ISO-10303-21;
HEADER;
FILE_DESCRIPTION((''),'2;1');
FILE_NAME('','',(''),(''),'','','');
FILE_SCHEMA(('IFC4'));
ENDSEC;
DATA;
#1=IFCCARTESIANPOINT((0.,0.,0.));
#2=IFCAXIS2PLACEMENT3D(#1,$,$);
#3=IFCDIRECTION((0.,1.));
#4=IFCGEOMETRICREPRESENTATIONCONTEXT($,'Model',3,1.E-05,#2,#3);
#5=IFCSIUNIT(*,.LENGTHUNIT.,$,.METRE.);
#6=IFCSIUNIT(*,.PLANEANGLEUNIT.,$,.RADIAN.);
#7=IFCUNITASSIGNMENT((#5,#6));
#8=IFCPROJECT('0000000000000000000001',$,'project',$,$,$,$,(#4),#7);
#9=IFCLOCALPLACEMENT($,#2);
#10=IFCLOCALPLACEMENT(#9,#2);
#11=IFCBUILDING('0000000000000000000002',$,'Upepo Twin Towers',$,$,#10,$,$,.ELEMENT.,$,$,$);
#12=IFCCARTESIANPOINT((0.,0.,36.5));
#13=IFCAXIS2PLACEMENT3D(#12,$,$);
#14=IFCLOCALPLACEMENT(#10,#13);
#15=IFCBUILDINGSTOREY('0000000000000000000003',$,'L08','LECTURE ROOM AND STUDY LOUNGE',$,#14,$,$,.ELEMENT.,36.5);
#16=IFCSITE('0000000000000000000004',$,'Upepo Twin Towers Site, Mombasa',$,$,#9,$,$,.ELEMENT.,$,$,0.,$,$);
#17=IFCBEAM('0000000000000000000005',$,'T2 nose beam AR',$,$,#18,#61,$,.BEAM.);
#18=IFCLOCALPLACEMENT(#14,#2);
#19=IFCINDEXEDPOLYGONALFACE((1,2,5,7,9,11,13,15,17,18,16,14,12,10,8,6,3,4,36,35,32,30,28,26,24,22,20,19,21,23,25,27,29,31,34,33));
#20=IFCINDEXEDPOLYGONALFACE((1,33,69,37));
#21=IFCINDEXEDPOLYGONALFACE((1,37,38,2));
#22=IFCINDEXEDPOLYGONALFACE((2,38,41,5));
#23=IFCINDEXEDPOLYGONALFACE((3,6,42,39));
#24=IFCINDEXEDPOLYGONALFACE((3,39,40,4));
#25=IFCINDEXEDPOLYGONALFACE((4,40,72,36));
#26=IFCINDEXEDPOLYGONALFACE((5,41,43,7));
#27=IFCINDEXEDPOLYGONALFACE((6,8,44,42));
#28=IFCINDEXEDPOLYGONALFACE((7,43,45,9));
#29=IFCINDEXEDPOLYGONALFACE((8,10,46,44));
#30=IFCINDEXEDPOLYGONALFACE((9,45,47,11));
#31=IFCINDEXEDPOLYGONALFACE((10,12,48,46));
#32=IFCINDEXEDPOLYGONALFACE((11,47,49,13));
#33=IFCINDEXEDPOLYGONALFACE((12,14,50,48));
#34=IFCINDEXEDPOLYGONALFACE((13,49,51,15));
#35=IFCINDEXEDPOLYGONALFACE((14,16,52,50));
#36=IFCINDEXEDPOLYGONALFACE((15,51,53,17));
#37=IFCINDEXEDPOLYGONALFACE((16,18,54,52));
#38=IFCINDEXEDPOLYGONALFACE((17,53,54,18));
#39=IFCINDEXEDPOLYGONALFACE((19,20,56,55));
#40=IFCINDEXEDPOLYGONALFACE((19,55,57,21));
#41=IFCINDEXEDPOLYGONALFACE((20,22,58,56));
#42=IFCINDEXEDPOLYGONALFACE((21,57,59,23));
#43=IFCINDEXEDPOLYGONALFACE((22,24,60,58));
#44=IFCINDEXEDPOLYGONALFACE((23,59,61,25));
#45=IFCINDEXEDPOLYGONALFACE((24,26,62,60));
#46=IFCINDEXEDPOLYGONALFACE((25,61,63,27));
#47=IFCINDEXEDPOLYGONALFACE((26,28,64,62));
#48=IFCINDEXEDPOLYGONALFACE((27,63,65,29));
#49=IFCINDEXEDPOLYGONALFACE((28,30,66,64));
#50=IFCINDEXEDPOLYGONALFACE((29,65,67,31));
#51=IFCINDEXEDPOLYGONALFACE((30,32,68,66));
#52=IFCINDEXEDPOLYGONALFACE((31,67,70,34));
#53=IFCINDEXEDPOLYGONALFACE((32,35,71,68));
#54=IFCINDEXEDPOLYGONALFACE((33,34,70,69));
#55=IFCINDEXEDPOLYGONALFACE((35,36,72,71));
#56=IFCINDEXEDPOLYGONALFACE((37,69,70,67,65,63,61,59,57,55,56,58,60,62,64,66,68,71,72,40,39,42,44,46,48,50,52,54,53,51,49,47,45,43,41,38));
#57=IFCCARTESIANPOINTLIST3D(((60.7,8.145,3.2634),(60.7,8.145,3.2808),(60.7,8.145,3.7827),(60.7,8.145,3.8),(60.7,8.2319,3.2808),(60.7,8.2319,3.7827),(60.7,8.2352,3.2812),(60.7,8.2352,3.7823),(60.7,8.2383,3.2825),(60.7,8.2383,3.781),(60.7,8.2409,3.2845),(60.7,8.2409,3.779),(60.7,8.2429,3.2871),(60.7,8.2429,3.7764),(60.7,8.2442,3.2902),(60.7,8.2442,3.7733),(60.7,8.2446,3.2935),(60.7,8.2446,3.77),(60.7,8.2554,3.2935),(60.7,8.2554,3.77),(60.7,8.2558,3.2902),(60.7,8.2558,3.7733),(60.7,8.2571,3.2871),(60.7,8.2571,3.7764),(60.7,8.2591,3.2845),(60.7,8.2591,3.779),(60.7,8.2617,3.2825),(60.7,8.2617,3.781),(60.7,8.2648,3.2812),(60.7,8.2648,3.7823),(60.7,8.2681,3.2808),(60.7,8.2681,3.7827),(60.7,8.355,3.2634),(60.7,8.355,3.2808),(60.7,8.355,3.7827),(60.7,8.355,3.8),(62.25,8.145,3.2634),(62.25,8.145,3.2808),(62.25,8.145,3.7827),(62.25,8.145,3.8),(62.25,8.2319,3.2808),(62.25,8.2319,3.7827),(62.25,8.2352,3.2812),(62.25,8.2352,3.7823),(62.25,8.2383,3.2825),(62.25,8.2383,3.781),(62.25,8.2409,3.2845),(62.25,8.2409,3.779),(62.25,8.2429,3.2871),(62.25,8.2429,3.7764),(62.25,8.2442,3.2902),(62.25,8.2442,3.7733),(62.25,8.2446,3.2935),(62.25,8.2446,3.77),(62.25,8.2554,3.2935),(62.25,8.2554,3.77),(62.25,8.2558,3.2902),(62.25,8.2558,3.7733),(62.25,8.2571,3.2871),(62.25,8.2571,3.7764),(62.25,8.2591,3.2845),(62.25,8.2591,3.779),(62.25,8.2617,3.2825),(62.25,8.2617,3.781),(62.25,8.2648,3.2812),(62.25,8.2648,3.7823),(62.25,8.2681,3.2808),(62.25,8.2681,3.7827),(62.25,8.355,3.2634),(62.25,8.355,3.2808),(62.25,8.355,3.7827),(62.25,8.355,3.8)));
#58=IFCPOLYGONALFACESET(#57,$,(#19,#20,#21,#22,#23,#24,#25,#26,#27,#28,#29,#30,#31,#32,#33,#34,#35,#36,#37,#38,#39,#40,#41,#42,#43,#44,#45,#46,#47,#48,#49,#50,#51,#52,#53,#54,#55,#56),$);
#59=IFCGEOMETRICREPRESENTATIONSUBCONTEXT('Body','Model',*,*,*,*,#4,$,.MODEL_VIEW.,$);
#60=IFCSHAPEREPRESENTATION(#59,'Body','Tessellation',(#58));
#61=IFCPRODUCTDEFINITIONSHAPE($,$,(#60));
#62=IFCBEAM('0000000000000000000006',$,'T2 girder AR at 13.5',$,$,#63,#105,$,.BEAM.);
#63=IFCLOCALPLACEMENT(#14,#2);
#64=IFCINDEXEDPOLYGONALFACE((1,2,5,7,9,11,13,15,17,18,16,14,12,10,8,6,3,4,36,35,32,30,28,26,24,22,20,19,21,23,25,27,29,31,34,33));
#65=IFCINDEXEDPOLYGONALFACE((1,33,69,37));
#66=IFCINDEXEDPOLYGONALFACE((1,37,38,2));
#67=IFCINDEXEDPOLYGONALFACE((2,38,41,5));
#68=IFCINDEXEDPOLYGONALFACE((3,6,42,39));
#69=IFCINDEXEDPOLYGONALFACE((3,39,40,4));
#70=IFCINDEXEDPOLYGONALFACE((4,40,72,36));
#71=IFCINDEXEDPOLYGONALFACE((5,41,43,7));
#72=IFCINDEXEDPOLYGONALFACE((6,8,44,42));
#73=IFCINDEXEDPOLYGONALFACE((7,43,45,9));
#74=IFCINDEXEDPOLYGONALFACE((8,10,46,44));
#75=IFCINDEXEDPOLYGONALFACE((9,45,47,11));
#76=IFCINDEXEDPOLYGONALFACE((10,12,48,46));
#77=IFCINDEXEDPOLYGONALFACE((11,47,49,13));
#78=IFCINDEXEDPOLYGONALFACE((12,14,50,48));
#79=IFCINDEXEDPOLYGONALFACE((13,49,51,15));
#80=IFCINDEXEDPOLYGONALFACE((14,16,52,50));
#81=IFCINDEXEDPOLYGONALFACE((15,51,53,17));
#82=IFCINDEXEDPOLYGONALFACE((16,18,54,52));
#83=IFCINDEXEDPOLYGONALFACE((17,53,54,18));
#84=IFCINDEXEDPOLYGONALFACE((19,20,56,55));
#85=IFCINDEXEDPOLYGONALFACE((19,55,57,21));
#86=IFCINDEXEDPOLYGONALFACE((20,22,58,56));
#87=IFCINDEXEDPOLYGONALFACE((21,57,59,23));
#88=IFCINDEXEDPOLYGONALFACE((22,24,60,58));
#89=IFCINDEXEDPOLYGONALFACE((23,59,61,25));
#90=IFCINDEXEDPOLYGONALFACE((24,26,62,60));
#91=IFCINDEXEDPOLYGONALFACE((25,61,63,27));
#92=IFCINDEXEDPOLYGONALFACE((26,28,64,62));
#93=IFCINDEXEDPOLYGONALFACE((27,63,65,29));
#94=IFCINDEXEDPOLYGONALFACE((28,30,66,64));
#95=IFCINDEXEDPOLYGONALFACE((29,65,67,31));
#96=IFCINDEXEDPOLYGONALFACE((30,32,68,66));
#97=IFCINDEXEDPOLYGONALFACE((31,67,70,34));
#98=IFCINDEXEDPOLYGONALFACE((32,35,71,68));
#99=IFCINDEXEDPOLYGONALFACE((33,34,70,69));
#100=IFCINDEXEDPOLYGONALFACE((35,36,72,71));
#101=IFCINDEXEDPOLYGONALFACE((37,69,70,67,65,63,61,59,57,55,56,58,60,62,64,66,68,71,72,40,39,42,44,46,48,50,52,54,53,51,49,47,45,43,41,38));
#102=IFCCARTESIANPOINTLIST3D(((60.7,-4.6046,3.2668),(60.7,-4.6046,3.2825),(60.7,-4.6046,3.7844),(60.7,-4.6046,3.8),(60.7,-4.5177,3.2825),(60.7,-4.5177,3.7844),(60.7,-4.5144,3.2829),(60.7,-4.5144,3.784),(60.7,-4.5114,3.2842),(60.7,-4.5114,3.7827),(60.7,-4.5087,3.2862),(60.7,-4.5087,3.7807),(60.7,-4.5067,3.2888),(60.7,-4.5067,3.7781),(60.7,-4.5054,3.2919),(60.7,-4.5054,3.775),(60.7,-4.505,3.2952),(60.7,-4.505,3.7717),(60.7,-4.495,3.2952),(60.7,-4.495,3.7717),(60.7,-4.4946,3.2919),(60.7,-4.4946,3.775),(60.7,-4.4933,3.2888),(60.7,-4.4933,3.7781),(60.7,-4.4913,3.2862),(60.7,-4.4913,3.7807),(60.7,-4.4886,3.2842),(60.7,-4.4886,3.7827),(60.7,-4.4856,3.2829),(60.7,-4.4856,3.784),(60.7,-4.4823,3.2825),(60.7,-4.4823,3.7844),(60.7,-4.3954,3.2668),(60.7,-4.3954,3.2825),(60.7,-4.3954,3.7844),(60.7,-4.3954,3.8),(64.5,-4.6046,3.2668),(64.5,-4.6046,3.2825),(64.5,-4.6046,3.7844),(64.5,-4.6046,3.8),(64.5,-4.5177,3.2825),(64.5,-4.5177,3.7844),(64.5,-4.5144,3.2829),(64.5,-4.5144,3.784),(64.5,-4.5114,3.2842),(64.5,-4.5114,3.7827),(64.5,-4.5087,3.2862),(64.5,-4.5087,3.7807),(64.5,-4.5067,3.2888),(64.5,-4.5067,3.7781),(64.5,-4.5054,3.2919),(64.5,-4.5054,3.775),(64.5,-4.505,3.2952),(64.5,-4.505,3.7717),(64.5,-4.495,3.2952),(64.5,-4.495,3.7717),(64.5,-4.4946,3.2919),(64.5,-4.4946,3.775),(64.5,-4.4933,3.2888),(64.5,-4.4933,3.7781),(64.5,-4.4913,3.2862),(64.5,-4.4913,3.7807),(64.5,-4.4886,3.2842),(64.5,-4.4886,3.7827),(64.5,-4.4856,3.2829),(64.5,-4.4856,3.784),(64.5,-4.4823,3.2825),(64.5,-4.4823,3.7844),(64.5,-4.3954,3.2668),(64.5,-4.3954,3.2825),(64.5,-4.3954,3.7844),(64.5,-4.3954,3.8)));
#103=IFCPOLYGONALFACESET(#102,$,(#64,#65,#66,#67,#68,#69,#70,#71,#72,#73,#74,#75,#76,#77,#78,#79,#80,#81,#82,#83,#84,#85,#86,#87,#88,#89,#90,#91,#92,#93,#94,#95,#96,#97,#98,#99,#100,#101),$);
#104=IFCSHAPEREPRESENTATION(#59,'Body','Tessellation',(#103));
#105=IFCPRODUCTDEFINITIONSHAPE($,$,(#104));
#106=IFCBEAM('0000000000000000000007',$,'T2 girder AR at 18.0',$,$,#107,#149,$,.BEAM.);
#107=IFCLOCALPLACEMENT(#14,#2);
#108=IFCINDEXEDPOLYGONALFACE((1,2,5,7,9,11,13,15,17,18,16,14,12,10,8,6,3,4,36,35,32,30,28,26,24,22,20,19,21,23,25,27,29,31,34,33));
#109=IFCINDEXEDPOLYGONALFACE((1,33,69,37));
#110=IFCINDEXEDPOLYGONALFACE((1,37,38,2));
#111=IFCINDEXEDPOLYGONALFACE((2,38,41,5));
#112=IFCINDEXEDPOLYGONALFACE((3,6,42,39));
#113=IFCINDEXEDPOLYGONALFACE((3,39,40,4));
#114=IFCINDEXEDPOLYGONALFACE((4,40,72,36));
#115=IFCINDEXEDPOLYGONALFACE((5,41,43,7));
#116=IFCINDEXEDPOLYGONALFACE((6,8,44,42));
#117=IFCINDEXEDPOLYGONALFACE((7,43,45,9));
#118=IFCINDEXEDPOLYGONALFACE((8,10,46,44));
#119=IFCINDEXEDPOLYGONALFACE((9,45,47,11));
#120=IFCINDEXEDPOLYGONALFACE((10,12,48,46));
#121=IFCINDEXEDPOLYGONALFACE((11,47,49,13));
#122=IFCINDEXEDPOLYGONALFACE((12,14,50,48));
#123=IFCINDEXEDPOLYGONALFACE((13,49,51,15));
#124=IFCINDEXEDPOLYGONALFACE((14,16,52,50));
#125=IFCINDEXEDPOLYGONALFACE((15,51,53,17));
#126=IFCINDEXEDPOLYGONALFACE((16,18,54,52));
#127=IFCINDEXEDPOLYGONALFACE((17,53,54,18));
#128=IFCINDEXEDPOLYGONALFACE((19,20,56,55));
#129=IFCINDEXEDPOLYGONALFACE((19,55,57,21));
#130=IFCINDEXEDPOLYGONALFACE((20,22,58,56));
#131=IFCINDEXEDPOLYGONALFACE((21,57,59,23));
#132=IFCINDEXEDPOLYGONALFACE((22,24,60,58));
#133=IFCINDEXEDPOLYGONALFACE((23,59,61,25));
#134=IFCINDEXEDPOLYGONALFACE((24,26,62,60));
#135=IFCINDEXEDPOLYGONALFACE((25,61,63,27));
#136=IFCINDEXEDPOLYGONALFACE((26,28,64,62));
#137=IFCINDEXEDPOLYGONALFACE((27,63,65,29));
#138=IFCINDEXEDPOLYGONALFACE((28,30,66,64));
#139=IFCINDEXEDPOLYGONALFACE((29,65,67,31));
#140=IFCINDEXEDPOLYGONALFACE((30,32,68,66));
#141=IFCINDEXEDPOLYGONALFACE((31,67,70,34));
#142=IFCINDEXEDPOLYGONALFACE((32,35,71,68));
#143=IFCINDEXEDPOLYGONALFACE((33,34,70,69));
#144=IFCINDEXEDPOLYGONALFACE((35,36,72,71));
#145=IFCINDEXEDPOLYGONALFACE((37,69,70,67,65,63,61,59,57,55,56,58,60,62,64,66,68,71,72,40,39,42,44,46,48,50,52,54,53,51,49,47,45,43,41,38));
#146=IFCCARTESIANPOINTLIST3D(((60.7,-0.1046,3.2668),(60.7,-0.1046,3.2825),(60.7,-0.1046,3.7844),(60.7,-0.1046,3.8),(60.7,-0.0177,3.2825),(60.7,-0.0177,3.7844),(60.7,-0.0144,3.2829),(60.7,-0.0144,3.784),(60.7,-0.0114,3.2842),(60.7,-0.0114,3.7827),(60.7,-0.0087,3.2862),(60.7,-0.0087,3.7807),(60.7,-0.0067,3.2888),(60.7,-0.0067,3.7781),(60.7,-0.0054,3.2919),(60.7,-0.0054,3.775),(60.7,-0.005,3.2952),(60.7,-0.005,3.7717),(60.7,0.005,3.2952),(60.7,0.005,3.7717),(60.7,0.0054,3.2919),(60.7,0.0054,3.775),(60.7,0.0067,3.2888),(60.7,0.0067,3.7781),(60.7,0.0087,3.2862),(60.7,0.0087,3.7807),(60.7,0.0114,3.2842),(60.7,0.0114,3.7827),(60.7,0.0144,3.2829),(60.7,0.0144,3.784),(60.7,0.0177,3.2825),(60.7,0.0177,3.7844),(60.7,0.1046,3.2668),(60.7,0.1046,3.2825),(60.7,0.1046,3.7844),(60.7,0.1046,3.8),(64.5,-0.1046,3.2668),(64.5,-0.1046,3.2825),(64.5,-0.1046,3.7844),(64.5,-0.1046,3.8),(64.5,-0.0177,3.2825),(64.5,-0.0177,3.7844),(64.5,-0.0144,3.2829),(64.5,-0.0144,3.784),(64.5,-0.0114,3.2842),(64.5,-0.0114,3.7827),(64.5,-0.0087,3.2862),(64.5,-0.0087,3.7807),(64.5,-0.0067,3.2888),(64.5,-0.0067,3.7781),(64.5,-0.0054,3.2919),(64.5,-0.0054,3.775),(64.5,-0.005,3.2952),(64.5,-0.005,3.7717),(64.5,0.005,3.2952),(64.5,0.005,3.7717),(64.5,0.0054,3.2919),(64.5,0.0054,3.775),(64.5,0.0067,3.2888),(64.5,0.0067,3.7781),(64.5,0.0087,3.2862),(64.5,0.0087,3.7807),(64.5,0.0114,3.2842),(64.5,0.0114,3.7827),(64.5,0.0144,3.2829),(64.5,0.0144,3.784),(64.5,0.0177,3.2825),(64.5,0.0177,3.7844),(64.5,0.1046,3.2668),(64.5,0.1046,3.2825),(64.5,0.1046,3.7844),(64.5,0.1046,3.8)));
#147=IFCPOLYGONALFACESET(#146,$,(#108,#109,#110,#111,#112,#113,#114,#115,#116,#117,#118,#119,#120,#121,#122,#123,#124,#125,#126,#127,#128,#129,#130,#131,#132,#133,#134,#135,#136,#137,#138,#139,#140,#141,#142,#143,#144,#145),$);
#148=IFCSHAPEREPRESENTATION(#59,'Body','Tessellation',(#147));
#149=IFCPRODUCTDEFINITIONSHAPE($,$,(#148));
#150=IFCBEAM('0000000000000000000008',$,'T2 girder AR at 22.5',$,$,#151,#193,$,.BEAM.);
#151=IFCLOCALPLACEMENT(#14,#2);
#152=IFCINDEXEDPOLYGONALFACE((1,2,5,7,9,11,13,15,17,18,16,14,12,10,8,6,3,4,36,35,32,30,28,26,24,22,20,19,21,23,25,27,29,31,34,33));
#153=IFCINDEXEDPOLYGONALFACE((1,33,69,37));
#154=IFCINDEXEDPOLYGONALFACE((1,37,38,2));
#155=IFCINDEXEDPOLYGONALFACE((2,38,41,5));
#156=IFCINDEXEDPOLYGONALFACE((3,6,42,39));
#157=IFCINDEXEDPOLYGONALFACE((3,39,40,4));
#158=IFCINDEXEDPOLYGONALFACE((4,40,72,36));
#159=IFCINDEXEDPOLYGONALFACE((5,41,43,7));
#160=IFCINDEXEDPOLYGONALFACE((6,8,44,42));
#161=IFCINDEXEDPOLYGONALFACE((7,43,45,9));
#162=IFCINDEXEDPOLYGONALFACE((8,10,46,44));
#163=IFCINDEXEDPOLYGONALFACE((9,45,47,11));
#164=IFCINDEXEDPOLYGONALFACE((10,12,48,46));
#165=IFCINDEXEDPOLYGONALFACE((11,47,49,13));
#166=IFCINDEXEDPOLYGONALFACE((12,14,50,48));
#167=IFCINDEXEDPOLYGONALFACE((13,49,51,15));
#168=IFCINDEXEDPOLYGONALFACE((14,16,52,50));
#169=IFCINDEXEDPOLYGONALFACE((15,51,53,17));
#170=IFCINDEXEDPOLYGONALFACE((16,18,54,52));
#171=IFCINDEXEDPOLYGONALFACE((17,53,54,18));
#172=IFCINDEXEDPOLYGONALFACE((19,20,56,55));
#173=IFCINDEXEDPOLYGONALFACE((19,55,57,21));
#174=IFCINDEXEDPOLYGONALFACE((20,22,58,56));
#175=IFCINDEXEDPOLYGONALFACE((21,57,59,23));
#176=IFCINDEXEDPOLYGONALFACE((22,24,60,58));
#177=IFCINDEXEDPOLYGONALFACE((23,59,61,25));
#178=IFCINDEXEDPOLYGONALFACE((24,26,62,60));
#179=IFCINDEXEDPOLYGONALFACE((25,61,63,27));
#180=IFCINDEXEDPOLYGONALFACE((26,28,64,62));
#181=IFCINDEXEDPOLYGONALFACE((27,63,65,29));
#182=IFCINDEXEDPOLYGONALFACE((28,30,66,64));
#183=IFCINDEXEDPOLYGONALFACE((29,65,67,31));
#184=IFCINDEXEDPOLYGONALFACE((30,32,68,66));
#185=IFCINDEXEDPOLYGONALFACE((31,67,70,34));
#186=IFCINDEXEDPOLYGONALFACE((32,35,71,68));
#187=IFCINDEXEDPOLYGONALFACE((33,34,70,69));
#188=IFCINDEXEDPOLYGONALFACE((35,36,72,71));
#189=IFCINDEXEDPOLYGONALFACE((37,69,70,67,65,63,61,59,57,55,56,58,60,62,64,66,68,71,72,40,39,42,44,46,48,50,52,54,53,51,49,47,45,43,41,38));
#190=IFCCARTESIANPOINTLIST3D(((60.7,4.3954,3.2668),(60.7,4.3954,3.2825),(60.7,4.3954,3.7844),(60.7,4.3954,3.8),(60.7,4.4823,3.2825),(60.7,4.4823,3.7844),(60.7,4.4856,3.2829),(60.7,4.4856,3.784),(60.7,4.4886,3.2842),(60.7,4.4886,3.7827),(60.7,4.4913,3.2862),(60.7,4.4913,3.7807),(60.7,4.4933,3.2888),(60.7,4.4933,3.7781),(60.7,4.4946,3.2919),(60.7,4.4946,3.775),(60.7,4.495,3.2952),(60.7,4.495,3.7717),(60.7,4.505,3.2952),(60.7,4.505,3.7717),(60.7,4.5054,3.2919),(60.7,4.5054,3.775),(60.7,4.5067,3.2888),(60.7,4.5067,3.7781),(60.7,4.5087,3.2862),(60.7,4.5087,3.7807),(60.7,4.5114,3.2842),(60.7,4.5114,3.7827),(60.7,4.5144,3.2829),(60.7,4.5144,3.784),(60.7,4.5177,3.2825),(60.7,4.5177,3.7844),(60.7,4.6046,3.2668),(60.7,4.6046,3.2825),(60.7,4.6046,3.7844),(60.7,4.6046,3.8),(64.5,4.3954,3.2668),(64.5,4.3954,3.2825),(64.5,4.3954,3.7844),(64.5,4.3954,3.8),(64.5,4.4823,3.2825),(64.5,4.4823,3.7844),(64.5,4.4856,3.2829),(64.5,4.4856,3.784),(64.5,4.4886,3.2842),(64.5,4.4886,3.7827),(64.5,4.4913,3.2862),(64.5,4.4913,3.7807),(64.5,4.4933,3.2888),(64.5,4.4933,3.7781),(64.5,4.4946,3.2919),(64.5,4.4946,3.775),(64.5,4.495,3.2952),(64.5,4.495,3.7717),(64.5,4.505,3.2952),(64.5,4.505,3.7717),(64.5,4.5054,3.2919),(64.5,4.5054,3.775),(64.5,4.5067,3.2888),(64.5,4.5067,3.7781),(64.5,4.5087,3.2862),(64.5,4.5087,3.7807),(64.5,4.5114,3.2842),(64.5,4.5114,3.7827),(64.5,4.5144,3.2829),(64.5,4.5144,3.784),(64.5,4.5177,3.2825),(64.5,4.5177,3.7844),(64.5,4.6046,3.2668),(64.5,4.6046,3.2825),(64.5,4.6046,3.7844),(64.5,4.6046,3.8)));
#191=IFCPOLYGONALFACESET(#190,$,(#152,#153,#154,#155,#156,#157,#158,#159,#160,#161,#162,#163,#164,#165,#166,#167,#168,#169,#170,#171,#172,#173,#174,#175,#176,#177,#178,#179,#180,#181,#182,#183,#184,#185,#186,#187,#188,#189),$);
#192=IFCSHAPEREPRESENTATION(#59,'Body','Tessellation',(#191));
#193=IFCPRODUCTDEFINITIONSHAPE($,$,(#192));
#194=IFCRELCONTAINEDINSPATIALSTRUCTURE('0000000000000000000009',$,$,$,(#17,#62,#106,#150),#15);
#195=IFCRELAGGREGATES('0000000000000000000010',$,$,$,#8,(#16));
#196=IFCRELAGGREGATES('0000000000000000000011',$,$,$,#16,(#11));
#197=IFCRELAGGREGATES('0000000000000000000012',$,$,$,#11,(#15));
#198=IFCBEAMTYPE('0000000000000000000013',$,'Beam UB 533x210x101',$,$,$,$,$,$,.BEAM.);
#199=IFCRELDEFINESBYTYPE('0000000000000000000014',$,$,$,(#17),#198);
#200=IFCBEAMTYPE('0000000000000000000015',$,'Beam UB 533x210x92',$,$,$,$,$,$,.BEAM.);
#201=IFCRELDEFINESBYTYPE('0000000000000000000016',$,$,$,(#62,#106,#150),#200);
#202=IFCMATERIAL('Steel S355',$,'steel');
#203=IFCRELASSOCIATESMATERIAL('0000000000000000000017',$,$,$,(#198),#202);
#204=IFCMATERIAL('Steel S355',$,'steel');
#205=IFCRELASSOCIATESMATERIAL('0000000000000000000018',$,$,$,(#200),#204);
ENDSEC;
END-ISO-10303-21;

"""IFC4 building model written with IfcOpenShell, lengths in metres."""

from ifc_helpers import new_model, si_unit, direction, frame, origin, origin_2d, place, context, subcontext, project, spatial, i_section, extrude, material, material_profile, profile_set, type_object, element, save


model = new_model("IFC4")

# Units and contexts
model_context = context("Model", 3, precision=1e-05, world=origin(), true_north=direction((0.0, 1.0)))
body_context = subcontext(model_context, "Body", "Model", "MODEL_VIEW")
ifc_project = project(units=[si_unit("LENGTHUNIT", "METRE"), si_unit("PLANEANGLEUNIT", "RADIAN")], contexts=[model_context])

# Site, building, storey
site_placement = place(None, origin())
site = spatial("IfcSite", under=ifc_project, at=site_placement, Name="Upepo Twin Towers Site, Mombasa", CompositionType="ELEMENT", RefElevation=0.0)
building_placement = place(site_placement, origin())
building = spatial("IfcBuilding", under=site, at=building_placement, Name="Upepo Twin Towers", CompositionType="ELEMENT")
storey_placement = place(building_placement, frame((0.0, 0.0, 36.5)))
storey = spatial("IfcBuildingStorey", under=building, at=storey_placement, Name="L08", Description="LECTURE ROOM AND STUDY LOUNGE", CompositionType="ELEMENT", Elevation=36.5)

# Beams
ifc_material_1 = material(Name="Steel S355", Category="steel")
ifc_material_profile_1 = material_profile(ifc_material_1, i_section(OverallWidth=0.21, OverallDepth=0.5366, WebThickness=0.0107, FlangeThickness=0.0173, FilletRadius=0.0127, at=origin_2d()), Name="UB 533x210x101")
ifc_profile_set_1 = profile_set([ifc_material_profile_1], Name="Steel S355")
beam_type_1 = type_object("IfcBeamType", Name="Beam UB 533x210x101", PredefinedType="BEAM", material=ifc_profile_set_1)
beam_1_placement = place(storey_placement, frame((62.25, 8.25, 3.5317), z_axis=(-1.0, 0.0, 0.0), x_axis=(0.0, -1.0, 0.0)))
element("IfcBeam", 1, at=beam_1_placement, inside=storey, type_object=beam_type_1, Name="T2 nose beam AR", PredefinedType="BEAM", context=body_context, shape_type="SweptSolid", body=[
    extrude(i_section(OverallWidth=0.21, OverallDepth=0.5366, WebThickness=0.0107, FlangeThickness=0.0173, FilletRadius=0.0127, at=origin_2d()), origin(), (0.0, 0.0, 1.0), 1.55),
])
ifc_material_2 = material(Name="Steel S355", Category="steel")
ifc_material_profile_2 = material_profile(ifc_material_2, i_section(OverallWidth=0.2092, OverallDepth=0.5332, WebThickness=0.01, FlangeThickness=0.0156, FilletRadius=0.0127, at=origin_2d()), Name="UB 533x210x92")
ifc_profile_set_2 = profile_set([ifc_material_profile_2], Name="Steel S355")
beam_type_2 = type_object("IfcBeamType", Name="Beam UB 533x210x92", PredefinedType="BEAM", material=ifc_profile_set_2)
for number, where, z_axis, x_axis, name in (
    (2, (64.5, -4.5, 3.5334), (-1.0, 0.0, 0.0), (0.0, -1.0, 0.0), "T2 girder AR at 13.5"),
    (3, (64.5, 0.0, 3.5334), (-1.0, 0.0, 0.0), (0.0, -1.0, 0.0), "T2 girder AR at 18.0"),
    (4, (64.5, 4.5, 3.5334), (-1.0, 0.0, 0.0), (0.0, -1.0, 0.0), "T2 girder AR at 22.5"),
):
    element("IfcBeam", number, at=place(storey_placement, frame(where, z_axis=z_axis, x_axis=x_axis)), inside=storey, type_object=beam_type_2, Name=name, PredefinedType="BEAM", context=body_context, shape_type="SweptSolid", body=[
        extrude(i_section(OverallWidth=0.2092, OverallDepth=0.5332, WebThickness=0.01, FlangeThickness=0.0156, FilletRadius=0.0127, at=origin_2d()), origin(), (0.0, 0.0, 1.0), 3.8),
    ])

save(model, "model.ifc")
